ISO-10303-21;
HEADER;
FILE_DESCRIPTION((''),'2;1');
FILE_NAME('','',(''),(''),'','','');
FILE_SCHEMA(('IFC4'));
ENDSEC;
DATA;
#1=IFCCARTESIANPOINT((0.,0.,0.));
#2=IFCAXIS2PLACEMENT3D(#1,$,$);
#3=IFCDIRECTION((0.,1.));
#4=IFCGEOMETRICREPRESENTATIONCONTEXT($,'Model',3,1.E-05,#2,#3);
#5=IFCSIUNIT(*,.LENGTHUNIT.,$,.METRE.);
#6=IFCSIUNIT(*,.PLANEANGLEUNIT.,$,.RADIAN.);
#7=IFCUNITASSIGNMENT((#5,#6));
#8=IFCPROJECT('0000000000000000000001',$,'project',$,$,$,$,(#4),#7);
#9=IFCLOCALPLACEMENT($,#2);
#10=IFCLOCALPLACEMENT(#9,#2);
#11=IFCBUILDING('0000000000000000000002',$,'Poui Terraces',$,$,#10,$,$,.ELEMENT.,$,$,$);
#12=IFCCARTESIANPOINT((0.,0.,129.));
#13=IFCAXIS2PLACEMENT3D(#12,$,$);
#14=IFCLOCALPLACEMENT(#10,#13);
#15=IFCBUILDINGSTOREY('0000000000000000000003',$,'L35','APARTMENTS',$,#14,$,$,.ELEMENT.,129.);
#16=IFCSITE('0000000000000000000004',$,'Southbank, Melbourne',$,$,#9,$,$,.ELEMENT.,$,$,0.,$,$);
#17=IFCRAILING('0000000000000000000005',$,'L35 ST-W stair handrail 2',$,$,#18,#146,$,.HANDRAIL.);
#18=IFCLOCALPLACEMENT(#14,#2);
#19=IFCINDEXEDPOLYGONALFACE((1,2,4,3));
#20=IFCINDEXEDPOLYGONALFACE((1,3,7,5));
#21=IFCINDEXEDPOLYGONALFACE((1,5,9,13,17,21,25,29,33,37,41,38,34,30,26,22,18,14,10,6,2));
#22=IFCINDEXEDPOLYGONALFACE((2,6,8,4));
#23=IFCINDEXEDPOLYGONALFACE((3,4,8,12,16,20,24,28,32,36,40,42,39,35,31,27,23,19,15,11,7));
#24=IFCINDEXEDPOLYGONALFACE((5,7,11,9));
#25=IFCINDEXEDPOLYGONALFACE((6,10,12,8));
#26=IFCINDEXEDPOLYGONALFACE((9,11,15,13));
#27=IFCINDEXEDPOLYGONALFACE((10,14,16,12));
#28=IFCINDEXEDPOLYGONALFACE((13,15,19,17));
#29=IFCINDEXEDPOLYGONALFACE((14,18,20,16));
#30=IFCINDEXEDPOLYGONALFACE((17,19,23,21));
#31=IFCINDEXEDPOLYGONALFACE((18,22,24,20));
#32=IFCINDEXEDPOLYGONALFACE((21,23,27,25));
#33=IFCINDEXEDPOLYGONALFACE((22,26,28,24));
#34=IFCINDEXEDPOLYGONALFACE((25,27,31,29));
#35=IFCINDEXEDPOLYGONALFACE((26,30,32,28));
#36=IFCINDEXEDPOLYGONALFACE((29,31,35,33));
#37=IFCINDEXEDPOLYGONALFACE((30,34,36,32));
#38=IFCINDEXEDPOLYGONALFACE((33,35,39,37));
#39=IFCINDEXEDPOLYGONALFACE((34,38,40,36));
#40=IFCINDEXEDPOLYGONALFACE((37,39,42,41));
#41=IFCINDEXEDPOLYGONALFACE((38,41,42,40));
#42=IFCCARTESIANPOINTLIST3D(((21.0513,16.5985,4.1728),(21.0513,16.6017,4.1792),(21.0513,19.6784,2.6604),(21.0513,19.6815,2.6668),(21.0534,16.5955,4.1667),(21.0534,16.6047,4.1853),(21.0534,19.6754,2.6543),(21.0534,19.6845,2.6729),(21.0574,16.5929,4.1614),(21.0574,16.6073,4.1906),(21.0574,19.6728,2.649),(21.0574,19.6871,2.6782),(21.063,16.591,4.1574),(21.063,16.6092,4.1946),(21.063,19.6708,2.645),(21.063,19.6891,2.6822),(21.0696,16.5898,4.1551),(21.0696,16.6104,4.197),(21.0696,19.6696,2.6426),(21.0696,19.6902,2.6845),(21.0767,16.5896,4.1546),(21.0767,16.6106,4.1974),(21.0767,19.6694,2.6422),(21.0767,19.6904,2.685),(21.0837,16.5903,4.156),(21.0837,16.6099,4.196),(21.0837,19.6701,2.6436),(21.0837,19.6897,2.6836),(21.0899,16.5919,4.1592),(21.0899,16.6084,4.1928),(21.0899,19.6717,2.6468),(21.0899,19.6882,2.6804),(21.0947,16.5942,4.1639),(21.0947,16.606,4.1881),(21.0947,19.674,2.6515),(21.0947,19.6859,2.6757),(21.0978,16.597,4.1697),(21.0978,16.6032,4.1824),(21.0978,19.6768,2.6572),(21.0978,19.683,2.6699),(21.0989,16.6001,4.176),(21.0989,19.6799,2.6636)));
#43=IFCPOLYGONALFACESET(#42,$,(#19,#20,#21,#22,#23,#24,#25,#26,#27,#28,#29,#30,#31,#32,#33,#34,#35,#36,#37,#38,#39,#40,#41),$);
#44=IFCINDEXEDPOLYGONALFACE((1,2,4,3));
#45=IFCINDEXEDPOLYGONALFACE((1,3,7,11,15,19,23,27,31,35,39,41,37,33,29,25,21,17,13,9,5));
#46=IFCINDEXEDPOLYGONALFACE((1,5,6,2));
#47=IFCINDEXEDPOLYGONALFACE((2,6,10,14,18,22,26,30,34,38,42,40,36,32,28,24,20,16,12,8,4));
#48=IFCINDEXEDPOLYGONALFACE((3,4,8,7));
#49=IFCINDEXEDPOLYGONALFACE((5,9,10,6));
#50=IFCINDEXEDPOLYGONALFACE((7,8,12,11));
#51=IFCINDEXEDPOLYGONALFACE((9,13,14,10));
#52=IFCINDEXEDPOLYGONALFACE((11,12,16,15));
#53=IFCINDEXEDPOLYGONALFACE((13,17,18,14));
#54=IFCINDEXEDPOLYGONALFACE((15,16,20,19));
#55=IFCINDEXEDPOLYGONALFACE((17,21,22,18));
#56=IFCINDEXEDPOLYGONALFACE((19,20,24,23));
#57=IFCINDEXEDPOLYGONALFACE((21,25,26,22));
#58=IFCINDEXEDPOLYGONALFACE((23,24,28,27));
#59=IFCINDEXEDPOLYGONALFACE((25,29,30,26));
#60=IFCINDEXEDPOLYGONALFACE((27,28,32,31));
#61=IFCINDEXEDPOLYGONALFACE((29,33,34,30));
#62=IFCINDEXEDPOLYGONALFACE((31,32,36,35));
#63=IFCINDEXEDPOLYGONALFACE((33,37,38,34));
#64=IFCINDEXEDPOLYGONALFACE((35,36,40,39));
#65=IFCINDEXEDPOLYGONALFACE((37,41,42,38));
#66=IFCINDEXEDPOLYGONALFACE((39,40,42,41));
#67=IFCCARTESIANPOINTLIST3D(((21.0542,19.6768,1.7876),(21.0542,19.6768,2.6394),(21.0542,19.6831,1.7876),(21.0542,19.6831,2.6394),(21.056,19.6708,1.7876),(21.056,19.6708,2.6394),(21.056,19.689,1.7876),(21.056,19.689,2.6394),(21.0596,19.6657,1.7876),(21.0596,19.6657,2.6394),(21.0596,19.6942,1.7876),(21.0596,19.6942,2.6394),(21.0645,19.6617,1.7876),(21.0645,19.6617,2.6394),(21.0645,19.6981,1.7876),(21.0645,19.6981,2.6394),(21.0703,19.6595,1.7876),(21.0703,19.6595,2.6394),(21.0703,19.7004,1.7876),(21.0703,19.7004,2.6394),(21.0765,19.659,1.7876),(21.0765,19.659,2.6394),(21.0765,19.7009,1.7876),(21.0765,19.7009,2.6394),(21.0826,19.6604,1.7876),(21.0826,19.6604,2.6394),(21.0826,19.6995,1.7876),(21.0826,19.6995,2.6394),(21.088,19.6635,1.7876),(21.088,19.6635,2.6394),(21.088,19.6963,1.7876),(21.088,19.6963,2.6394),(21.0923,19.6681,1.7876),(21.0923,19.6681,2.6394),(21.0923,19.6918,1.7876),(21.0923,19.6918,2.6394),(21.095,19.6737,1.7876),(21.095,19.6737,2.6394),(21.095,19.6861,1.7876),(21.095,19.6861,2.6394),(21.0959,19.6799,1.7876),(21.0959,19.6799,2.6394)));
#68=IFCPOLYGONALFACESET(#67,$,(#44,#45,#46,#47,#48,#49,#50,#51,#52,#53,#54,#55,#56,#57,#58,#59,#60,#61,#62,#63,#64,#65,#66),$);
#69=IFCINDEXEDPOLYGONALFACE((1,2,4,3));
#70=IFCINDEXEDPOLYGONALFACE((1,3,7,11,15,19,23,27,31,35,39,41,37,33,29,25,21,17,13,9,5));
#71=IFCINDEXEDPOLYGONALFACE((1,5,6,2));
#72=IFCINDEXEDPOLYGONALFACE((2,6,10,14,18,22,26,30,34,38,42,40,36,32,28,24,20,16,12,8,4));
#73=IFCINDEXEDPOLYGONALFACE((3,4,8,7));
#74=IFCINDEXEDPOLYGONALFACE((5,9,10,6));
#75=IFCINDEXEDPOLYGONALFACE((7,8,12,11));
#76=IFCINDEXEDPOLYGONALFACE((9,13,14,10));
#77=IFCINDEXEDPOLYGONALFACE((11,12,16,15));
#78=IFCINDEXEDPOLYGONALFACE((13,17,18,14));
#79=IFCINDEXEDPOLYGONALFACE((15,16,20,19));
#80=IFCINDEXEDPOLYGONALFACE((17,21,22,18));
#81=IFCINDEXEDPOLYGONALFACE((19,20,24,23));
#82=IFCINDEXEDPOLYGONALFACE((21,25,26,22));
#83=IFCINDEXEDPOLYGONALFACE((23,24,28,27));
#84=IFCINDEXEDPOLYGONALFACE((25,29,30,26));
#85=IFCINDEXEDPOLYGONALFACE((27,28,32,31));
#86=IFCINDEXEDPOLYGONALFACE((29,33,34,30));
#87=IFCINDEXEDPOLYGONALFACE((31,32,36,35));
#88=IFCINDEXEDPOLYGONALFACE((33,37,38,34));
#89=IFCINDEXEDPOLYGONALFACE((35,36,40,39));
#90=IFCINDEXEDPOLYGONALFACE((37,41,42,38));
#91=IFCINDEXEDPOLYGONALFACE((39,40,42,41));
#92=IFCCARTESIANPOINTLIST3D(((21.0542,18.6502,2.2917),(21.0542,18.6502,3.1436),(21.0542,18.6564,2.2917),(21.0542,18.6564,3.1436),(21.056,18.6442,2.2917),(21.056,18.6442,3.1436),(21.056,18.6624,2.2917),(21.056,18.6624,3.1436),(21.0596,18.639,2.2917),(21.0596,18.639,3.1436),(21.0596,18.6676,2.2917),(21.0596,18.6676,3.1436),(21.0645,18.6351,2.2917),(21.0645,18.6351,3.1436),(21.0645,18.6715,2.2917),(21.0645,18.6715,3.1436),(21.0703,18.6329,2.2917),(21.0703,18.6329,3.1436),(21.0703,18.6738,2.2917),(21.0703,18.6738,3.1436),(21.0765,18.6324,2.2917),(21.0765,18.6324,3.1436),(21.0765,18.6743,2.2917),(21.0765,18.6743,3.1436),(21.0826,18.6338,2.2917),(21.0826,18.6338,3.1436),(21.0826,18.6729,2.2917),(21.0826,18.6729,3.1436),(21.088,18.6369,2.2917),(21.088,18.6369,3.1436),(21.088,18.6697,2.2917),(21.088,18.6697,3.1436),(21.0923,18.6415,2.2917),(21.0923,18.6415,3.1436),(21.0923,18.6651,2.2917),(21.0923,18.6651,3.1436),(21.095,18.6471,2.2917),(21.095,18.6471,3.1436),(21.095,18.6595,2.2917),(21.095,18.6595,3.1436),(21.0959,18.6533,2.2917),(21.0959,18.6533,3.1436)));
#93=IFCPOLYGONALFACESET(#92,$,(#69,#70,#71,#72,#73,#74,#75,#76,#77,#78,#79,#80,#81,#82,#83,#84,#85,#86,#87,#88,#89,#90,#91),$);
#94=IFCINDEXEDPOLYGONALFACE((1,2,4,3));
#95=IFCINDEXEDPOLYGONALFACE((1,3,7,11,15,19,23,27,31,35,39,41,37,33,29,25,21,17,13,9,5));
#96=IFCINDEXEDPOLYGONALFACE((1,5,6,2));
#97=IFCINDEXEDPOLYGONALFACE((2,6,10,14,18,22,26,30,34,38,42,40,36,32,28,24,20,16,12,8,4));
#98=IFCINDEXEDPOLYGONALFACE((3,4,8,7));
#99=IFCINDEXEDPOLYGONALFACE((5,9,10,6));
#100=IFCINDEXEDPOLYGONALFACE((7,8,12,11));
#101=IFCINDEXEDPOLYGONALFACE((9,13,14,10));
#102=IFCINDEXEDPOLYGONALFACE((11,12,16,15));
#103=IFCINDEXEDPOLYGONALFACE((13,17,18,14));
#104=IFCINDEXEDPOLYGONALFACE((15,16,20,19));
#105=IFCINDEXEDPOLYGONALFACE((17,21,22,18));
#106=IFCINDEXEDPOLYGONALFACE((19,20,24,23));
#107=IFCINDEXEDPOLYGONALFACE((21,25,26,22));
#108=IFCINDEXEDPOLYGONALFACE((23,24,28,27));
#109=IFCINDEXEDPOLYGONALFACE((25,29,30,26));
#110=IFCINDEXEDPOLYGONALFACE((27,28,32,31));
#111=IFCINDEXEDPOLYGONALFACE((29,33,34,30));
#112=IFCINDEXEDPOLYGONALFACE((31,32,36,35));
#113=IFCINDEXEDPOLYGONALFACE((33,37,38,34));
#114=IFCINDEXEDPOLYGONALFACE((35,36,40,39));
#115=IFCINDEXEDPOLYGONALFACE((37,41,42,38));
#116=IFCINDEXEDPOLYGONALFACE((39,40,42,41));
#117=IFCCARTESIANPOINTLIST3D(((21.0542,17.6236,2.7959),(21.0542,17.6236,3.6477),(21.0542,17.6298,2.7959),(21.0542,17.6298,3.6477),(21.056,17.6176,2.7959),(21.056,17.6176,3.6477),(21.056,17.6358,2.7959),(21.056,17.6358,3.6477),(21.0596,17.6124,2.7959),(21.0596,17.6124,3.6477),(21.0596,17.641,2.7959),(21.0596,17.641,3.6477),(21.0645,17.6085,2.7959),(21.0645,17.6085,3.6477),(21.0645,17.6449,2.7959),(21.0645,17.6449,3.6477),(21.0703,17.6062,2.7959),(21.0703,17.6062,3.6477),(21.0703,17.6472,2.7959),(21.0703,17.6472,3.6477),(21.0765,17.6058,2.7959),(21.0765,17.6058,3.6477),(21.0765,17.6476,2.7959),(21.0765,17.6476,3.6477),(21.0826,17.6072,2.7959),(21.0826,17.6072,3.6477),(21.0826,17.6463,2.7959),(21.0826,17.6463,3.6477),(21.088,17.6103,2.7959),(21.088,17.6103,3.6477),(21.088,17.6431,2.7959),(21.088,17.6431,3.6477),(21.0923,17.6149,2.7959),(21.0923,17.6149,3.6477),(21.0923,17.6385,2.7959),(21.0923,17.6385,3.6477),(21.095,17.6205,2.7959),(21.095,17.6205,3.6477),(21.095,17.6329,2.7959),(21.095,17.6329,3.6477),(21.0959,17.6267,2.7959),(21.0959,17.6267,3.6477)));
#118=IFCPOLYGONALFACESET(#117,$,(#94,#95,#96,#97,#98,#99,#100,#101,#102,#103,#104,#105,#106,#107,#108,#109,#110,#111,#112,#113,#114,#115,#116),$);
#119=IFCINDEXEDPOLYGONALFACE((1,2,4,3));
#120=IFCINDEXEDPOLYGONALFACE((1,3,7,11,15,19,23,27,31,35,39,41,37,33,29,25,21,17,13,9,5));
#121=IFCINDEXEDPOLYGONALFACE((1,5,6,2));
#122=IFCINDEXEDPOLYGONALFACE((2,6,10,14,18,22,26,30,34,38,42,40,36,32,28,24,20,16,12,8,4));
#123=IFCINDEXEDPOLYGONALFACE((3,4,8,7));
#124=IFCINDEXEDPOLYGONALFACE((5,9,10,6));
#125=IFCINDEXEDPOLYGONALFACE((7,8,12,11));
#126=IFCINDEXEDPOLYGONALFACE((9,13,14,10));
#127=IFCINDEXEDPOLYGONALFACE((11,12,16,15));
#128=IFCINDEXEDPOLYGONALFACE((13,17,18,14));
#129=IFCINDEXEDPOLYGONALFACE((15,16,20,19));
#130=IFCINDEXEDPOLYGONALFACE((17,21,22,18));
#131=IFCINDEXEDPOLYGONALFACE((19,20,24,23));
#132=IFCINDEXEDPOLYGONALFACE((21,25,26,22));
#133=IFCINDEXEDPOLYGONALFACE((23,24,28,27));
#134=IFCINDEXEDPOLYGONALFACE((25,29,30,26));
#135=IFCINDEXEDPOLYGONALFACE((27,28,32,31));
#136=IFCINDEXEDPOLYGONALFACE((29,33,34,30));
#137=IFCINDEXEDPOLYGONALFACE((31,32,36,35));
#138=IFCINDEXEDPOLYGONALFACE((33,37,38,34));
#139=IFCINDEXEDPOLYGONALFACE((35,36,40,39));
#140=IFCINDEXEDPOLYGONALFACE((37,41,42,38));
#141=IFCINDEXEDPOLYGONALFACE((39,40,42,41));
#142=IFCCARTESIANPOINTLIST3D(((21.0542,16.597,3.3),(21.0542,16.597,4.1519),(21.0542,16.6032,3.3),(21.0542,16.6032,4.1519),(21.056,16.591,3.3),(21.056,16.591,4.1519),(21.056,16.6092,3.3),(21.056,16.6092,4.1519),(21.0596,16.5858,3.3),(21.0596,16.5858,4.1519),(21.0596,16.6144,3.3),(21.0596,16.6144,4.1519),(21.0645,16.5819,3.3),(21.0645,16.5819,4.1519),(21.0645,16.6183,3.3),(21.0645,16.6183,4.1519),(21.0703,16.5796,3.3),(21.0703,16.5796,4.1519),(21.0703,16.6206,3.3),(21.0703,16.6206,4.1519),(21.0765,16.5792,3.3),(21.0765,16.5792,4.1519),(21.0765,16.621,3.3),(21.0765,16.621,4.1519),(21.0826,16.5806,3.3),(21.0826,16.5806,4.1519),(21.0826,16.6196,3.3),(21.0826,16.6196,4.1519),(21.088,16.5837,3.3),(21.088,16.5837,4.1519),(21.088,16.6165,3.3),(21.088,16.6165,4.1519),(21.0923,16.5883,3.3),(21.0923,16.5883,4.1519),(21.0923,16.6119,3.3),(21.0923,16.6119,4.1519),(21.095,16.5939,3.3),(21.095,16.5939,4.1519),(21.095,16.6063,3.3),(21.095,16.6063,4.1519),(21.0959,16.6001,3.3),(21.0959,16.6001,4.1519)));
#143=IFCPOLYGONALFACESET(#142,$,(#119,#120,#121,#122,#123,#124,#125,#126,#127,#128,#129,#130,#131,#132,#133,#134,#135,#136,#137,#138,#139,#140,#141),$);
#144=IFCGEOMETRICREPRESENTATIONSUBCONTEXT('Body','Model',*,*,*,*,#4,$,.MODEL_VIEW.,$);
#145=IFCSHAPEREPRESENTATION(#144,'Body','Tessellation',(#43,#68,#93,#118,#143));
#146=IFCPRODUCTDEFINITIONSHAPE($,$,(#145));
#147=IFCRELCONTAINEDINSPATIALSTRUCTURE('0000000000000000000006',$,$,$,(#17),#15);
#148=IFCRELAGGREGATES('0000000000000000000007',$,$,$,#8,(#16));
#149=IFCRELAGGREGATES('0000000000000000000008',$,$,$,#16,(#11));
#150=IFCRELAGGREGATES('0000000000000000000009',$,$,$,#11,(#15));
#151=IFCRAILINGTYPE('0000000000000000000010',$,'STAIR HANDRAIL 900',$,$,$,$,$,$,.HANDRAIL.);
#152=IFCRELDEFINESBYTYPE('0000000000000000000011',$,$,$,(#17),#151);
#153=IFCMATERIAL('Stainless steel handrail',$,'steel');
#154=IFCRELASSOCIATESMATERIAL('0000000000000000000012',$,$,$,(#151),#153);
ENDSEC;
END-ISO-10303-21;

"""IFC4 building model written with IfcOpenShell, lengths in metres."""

from ifc_helpers import new_model, si_unit, direction, frame, origin, origin_2d, place, context, subcontext, project, spatial, circle, extrude, material, type_object, element, save


model = new_model("IFC4")

# Units and contexts
model_context = context("Model", 3, precision=1e-05, world=origin(), true_north=direction((0.0, 1.0)))
body_context = subcontext(model_context, "Body", "Model", "MODEL_VIEW")
ifc_project = project(units=[si_unit("LENGTHUNIT", "METRE"), si_unit("PLANEANGLEUNIT", "RADIAN")], contexts=[model_context])

# Site, building, storey
site_placement = place(None, origin())
site = spatial("IfcSite", under=ifc_project, at=site_placement, Name="Southbank, Melbourne", CompositionType="ELEMENT", RefElevation=0.0)
building_placement = place(site_placement, origin())
building = spatial("IfcBuilding", under=site, at=building_placement, Name="Poui Terraces", CompositionType="ELEMENT")
storey_placement = place(building_placement, frame((0.0, 0.0, 129.0)))
storey = spatial("IfcBuildingStorey", under=building, at=storey_placement, Name="L35", Description="APARTMENTS", CompositionType="ELEMENT", Elevation=129.0)

# Railing
ifc_material_1 = material(Name="Stainless steel handrail", Category="steel")
railing_type_1 = type_object("IfcRailingType", Name="STAIR HANDRAIL 900", PredefinedType="HANDRAIL", material=ifc_material_1)
railing_1_placement = place(storey_placement, frame((21.075, 19.6799, 1.7876)))
element("IfcRailing", 1, at=railing_1_placement, inside=storey, type_object=railing_type_1, Name="L35 ST-W stair handrail 2", PredefinedType="HANDRAIL", context=body_context, shape_type="SweptSolid", body=[
    extrude(circle(Radius=0.0239, at=origin_2d()), frame((0.0, 0.0, 0.876), z_axis=(0.0, -0.897606, 0.440798), x_axis=(1.0, 0.0, 0.0)), (0.0, 0.0, 1.0), 3.4312),
    extrude(circle(Radius=0.021, at=origin_2d()), origin(), (0.0, 0.0, 1.0), 0.8518),
    extrude(circle(Radius=0.021, at=origin_2d()), frame((0.0, -1.0266, 0.5042)), (0.0, 0.0, 1.0), 0.8518),
    extrude(circle(Radius=0.021, at=origin_2d()), frame((0.0, -2.0532, 1.0083)), (0.0, 0.0, 1.0), 0.8518),
    extrude(circle(Radius=0.021, at=origin_2d()), frame((0.0, -3.0798, 1.5125)), (0.0, 0.0, 1.0), 0.8518),
])

save(model, "model.ifc")
